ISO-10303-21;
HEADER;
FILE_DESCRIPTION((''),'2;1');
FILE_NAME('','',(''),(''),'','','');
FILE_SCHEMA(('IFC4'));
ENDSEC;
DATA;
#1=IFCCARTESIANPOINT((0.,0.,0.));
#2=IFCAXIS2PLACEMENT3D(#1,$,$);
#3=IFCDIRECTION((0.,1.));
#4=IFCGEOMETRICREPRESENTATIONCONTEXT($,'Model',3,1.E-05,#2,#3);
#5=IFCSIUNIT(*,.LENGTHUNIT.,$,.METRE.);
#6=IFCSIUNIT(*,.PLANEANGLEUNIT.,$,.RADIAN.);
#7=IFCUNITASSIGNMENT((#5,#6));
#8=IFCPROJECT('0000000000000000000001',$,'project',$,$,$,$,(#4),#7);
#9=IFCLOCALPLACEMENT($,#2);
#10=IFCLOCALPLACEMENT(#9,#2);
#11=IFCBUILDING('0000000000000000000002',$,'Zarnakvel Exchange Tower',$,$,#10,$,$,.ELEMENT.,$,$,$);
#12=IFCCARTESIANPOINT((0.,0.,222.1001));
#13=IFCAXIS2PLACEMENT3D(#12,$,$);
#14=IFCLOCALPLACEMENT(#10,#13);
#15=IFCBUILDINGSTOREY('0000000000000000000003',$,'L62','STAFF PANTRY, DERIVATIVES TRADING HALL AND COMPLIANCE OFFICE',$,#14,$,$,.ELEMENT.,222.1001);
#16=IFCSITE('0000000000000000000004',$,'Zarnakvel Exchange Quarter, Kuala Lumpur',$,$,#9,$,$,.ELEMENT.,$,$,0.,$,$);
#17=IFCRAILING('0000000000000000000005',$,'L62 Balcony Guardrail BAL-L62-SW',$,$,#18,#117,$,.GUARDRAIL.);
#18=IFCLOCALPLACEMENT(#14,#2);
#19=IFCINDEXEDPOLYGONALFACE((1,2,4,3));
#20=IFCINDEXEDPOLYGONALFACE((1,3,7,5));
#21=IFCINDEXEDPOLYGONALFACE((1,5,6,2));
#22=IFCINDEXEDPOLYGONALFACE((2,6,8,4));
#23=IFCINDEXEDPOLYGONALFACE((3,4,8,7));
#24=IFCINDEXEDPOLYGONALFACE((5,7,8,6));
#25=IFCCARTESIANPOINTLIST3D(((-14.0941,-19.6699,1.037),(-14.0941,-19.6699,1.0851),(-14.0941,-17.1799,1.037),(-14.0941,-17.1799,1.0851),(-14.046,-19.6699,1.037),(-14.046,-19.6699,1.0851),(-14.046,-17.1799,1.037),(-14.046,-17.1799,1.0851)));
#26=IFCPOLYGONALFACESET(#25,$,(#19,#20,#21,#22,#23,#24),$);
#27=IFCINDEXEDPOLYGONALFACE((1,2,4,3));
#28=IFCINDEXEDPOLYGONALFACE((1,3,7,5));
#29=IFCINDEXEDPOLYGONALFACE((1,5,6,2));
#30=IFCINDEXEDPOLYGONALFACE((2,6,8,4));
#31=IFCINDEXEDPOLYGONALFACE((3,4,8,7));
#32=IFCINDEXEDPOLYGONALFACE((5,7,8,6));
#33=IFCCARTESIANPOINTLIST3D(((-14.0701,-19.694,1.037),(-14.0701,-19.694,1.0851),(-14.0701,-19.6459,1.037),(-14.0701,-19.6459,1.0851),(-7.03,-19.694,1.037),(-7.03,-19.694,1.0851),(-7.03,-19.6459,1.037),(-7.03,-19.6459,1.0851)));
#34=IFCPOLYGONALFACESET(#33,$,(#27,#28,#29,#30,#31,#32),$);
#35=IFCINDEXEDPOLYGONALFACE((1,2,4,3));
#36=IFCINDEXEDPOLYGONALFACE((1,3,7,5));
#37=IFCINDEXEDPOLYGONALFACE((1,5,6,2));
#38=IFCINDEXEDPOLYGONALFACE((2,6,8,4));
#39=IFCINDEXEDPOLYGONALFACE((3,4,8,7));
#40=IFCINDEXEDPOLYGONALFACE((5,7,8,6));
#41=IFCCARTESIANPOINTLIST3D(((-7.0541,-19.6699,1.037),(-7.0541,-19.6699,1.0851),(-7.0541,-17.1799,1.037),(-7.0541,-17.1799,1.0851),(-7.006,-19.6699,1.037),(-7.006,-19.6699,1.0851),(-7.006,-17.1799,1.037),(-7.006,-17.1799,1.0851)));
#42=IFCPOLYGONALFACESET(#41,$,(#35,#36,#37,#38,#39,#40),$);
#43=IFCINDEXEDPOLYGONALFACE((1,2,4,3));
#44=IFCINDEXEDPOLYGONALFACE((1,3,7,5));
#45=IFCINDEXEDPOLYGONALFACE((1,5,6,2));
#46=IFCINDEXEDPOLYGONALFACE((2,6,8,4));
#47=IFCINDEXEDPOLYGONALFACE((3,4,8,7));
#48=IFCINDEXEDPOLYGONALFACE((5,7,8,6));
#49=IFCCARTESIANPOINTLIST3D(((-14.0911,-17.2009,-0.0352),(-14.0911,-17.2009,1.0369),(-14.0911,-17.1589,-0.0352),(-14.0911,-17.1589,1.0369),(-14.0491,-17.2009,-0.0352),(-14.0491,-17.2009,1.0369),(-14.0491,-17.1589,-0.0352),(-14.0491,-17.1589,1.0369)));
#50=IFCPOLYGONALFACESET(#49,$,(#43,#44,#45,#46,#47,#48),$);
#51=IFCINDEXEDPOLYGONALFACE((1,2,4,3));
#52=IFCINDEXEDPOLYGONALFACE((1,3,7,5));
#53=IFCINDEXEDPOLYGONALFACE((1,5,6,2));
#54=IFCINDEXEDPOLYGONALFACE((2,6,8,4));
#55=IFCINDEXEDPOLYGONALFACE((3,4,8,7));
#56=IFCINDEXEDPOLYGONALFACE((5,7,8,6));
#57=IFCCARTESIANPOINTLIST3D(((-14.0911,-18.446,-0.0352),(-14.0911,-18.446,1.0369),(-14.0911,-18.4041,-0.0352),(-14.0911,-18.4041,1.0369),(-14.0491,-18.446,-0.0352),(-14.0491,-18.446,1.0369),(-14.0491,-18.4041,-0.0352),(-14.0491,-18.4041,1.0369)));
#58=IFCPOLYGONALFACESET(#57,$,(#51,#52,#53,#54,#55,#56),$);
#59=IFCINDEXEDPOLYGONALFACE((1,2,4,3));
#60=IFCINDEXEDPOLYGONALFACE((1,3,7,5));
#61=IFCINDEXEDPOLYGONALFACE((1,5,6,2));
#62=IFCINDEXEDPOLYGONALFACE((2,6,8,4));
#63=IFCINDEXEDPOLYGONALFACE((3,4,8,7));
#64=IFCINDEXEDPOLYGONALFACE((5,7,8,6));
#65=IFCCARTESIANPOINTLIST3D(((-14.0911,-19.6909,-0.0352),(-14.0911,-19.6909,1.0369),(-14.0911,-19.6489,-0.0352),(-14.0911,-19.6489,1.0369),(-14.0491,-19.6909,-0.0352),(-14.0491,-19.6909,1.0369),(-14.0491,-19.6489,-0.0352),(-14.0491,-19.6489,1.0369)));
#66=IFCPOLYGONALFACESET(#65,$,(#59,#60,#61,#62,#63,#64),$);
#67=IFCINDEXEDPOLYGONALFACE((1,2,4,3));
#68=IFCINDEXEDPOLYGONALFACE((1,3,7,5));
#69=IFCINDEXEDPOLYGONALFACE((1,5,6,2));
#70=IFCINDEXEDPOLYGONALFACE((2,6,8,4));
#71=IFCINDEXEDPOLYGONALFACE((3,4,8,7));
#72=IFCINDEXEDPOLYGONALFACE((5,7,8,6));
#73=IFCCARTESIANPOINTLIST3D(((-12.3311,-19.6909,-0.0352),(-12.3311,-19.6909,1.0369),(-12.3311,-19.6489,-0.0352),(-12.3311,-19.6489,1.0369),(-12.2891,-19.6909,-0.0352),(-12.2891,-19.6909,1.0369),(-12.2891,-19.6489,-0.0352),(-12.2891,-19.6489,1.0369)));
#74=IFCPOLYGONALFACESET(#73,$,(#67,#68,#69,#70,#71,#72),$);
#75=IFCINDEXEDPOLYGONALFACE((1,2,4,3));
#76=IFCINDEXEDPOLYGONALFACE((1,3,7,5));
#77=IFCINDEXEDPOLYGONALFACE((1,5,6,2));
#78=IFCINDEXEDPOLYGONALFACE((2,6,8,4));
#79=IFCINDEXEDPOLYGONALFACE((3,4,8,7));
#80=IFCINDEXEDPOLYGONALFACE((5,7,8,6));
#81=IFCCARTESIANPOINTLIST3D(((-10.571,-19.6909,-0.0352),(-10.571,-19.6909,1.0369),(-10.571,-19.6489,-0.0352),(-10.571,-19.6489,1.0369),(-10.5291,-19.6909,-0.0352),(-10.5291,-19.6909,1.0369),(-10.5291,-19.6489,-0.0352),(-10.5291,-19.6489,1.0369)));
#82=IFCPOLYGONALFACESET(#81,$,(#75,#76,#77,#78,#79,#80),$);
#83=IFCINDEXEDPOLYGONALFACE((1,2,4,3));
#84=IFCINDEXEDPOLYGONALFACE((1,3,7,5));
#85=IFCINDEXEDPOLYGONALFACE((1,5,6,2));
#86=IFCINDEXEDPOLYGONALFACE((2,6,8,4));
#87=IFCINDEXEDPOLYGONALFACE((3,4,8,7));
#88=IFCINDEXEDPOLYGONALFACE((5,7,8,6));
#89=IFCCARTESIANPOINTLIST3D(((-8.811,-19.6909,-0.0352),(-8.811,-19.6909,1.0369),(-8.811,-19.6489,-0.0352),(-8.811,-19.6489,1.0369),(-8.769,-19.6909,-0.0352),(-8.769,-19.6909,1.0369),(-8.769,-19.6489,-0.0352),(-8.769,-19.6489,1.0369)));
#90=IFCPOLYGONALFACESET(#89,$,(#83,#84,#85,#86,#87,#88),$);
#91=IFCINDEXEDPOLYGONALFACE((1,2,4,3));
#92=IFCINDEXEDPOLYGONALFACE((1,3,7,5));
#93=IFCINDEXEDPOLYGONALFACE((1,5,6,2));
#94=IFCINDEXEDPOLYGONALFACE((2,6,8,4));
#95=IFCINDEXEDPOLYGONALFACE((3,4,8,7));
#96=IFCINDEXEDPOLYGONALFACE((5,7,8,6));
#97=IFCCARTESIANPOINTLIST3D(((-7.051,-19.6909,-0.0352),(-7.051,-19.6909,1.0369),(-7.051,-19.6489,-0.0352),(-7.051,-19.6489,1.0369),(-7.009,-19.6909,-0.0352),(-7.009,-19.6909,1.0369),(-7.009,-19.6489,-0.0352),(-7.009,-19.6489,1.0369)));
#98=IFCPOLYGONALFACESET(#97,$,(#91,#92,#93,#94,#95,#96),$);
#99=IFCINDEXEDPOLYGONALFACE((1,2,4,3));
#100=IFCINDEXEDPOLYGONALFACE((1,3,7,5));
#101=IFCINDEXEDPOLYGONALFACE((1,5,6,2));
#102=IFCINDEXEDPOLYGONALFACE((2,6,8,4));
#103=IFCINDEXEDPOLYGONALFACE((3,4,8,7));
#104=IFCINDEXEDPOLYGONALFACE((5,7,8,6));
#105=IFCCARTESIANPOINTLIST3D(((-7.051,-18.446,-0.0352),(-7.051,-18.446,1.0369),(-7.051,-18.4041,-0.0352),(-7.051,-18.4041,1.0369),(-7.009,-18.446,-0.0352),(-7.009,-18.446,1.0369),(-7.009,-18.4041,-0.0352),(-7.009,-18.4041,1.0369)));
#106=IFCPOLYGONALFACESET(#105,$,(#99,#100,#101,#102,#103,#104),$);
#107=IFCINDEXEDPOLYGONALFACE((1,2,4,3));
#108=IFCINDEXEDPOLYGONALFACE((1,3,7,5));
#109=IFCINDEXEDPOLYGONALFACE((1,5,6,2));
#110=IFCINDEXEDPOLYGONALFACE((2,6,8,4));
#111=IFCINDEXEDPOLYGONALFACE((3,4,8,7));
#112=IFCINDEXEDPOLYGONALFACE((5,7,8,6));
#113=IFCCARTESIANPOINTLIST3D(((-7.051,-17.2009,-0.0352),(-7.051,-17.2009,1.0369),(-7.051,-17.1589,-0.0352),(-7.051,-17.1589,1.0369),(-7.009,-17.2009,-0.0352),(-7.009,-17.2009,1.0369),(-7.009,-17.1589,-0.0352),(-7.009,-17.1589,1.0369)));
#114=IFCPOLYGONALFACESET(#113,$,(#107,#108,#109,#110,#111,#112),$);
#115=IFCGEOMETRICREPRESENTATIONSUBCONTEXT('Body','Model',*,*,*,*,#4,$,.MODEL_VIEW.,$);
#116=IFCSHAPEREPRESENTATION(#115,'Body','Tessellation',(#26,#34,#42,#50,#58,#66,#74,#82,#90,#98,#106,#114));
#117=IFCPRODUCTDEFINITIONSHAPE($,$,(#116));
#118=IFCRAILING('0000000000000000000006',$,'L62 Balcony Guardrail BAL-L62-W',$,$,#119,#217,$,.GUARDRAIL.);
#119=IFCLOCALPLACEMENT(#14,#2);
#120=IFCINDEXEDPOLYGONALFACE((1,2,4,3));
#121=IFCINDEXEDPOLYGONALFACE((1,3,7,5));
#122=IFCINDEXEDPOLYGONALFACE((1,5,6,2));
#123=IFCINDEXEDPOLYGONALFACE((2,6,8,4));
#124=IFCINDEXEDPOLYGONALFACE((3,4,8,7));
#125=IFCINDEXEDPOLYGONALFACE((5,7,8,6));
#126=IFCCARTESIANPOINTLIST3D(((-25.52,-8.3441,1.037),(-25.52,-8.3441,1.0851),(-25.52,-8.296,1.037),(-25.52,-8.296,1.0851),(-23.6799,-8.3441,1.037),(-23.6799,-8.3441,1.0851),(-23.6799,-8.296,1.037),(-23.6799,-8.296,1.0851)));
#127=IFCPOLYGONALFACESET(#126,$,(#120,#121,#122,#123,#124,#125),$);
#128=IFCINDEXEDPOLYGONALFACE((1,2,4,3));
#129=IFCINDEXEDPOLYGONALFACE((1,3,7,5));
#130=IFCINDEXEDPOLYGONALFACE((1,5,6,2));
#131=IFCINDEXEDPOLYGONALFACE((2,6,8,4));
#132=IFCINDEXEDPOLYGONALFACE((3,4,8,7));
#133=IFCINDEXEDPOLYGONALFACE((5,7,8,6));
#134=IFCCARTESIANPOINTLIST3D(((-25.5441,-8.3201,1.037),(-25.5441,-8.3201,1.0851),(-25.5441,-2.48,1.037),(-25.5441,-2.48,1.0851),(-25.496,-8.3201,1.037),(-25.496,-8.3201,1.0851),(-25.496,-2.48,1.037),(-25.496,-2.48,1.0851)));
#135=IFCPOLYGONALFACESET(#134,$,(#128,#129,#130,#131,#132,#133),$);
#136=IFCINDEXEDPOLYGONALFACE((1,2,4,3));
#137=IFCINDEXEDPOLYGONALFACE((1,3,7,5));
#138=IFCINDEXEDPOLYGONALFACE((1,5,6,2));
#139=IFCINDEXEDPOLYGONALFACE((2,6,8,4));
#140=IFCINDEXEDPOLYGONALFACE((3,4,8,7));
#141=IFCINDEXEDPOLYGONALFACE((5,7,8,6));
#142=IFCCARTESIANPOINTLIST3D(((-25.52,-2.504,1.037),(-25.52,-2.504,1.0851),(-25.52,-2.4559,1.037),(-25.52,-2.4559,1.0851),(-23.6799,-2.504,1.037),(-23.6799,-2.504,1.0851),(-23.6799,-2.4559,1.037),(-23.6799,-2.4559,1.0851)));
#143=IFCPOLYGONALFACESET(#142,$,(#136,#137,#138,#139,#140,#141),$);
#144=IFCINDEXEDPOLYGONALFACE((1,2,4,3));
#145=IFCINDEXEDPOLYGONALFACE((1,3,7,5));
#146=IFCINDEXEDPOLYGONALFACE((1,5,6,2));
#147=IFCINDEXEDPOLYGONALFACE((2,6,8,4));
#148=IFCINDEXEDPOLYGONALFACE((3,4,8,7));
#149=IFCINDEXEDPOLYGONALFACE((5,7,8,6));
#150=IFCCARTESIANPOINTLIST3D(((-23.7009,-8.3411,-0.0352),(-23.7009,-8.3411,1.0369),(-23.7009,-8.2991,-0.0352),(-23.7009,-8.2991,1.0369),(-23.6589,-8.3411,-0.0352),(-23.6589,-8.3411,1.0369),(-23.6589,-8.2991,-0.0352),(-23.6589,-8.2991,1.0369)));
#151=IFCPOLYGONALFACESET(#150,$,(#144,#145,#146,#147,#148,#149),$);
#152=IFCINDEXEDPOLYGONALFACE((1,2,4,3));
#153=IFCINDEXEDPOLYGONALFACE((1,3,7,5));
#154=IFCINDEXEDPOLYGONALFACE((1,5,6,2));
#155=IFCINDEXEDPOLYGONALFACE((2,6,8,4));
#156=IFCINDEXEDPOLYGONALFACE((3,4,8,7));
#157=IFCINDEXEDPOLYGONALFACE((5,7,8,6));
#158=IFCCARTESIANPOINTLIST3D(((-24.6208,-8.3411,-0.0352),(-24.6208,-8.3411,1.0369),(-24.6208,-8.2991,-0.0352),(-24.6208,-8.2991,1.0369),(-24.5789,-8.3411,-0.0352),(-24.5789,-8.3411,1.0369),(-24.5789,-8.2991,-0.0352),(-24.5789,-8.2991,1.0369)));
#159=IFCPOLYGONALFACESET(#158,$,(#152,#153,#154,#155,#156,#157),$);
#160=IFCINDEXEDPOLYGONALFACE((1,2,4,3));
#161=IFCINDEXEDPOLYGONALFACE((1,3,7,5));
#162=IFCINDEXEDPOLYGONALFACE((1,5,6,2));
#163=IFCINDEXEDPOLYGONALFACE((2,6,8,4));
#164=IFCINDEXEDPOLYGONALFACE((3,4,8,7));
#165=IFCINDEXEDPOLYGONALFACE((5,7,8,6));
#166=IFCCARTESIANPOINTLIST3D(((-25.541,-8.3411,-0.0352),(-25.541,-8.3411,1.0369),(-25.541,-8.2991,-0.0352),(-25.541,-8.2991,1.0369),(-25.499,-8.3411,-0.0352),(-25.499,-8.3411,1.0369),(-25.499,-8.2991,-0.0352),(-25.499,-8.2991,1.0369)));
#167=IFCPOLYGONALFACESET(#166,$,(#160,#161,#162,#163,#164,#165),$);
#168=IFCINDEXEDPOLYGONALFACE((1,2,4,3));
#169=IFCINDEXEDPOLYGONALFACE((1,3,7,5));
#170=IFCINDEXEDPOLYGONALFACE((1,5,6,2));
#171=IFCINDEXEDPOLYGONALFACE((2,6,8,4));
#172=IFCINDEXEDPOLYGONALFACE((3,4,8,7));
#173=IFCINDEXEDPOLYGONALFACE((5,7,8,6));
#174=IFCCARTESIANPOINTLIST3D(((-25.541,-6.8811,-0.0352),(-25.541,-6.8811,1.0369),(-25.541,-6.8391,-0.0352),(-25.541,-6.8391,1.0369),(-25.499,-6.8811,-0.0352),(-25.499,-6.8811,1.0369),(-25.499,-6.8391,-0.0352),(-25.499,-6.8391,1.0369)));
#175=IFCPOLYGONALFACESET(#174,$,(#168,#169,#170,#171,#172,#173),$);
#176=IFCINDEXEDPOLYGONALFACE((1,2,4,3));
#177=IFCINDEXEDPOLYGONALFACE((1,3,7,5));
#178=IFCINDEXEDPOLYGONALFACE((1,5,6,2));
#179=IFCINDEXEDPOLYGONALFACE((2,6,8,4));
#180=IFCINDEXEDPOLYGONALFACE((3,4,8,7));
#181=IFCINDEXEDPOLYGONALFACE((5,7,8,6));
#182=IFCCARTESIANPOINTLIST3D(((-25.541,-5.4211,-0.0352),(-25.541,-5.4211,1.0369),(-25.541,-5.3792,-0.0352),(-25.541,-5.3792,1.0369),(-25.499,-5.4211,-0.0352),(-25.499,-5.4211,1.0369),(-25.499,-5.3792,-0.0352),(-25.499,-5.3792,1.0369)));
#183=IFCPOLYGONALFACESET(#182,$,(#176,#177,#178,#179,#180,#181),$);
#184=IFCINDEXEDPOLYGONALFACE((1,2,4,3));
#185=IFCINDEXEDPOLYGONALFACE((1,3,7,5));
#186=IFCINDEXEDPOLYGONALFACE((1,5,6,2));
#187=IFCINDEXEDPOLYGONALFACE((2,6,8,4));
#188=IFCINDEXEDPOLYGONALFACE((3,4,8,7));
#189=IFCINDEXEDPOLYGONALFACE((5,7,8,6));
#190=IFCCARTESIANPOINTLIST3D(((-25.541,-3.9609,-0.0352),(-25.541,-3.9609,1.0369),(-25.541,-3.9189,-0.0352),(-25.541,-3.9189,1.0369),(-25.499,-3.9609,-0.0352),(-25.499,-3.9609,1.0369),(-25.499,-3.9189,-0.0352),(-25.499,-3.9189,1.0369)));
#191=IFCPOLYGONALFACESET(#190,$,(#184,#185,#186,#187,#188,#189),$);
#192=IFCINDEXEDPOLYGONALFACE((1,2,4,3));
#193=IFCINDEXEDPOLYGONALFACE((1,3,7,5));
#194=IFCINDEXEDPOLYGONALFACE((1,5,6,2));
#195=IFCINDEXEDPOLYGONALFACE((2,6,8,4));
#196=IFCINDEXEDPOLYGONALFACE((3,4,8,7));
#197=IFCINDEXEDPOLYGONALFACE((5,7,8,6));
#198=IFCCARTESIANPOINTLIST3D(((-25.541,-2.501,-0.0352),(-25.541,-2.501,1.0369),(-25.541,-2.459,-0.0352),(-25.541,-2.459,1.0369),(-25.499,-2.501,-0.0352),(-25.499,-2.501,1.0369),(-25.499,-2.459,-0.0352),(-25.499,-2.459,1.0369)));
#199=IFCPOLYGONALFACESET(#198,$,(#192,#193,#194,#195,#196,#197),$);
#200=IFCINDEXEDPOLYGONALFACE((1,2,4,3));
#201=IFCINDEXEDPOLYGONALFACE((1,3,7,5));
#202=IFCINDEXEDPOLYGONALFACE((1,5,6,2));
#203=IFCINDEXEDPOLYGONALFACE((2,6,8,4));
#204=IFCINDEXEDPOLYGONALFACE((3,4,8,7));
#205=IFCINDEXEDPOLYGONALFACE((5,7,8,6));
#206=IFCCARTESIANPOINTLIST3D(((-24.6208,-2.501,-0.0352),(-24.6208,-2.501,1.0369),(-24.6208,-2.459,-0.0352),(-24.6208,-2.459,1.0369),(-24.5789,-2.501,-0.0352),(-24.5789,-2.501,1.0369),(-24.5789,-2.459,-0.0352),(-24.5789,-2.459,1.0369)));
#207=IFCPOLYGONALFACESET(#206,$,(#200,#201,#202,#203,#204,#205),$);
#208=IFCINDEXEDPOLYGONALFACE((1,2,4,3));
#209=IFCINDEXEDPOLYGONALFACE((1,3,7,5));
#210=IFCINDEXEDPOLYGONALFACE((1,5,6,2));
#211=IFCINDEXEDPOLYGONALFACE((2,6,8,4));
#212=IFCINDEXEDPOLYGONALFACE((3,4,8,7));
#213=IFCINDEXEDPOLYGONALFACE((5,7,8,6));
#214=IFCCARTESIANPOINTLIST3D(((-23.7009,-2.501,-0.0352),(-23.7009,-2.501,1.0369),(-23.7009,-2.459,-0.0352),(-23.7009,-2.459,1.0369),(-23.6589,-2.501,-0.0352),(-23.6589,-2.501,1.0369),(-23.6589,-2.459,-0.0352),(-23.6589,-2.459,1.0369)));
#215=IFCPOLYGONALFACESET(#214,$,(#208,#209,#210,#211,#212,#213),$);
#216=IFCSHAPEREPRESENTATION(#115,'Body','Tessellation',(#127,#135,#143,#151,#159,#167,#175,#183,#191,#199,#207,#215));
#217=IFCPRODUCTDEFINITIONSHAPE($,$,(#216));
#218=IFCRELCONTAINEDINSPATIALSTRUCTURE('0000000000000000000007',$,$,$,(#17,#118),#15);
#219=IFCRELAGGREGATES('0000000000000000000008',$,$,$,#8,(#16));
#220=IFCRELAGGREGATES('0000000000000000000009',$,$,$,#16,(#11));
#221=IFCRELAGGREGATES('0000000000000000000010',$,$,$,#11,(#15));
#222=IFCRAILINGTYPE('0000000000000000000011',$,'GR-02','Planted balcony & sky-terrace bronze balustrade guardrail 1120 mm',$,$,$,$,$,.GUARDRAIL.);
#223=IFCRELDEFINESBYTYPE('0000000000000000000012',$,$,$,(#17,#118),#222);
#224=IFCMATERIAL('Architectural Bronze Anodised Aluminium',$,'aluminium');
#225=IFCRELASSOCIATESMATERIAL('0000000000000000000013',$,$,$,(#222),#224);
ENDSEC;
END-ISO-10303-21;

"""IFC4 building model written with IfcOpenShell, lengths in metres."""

from ifc_helpers import new_model, si_unit, direction, frame, origin, origin_2d, place, context, subcontext, project, spatial, rectangle, extrude, material, type_object, element, save


model = new_model("IFC4")

# Units and contexts
model_context = context("Model", 3, precision=1e-05, world=origin(), true_north=direction((0.0, 1.0)))
body_context = subcontext(model_context, "Body", "Model", "MODEL_VIEW")
ifc_project = project(units=[si_unit("LENGTHUNIT", "METRE"), si_unit("PLANEANGLEUNIT", "RADIAN")], contexts=[model_context])

# Site, building, storey
site_placement = place(None, origin())
site = spatial("IfcSite", under=ifc_project, at=site_placement, Name="Zarnakvel Exchange Quarter, Kuala Lumpur", CompositionType="ELEMENT", RefElevation=0.0)
building_placement = place(site_placement, origin())
building = spatial("IfcBuilding", under=site, at=building_placement, Name="Zarnakvel Exchange Tower", CompositionType="ELEMENT")
storey_placement = place(building_placement, frame((0.0, 0.0, 222.1001)))
storey = spatial("IfcBuildingStorey", under=building, at=storey_placement, Name="L62", Description="STAFF PANTRY, DERIVATIVES TRADING HALL AND COMPLIANCE OFFICE", CompositionType="ELEMENT", Elevation=222.1001)

# Shared definitions
ifc_material_1 = material(Name="Architectural Bronze Anodised Aluminium", Category="aluminium")

# Railings
railing_type = type_object("IfcRailingType", Name="GR-02", Description="Planted balcony & sky-terrace bronze balustrade guardrail 1120 mm", PredefinedType="GUARDRAIL", material=ifc_material_1)
railing_1_placement = place(storey_placement, frame((-14.0701, -17.1799, -0.0352)))
element("IfcRailing", 1, at=railing_1_placement, inside=storey, type_object=railing_type, Name="L62 Balcony Guardrail BAL-L62-SW", PredefinedType="GUARDRAIL", context=body_context, shape_type="SweptSolid", body=[
    extrude(rectangle(XDim=0.0481, YDim=0.0481, at=origin_2d()), frame((0.0, 0.0, 1.0962), z_axis=(0.0, -1.0, 0.0), x_axis=(1.0, 0.0, 0.0)), (0.0, 0.0, 1.0), 2.49),
    extrude(rectangle(XDim=0.0481, YDim=0.0481, at=origin_2d()), frame((0.0, -2.49, 1.0962), z_axis=(1.0, 0.0, 0.0), x_axis=(0.0, 1.0, 0.0)), (0.0, 0.0, 1.0), 7.04),
    extrude(rectangle(XDim=0.0481, YDim=0.0481, at=origin_2d()), frame((7.04, -2.49, 1.0962), z_axis=(0.0, 1.0, 0.0), x_axis=(-1.0, 0.0, 0.0)), (0.0, 0.0, 1.0), 2.49),
    extrude(rectangle(XDim=0.042, YDim=0.042, at=origin_2d()), origin(), (0.0, 0.0, 1.0), 1.072),
    extrude(rectangle(XDim=0.042, YDim=0.042, at=origin_2d()), frame((0.0, -1.2451, 0.0)), (0.0, 0.0, 1.0), 1.072),
    extrude(rectangle(XDim=0.042, YDim=0.042, at=origin_2d()), frame((0.0, -2.49, 0.0)), (0.0, 0.0, 1.0), 1.072),
    extrude(rectangle(XDim=0.042, YDim=0.042, at=origin_2d()), frame((1.76, -2.49, 0.0)), (0.0, 0.0, 1.0), 1.072),
    extrude(rectangle(XDim=0.042, YDim=0.042, at=origin_2d()), frame((3.52, -2.49, 0.0)), (0.0, 0.0, 1.0), 1.072),
    extrude(rectangle(XDim=0.042, YDim=0.042, at=origin_2d()), frame((5.28, -2.49, 0.0)), (0.0, 0.0, 1.0), 1.072),
    extrude(rectangle(XDim=0.042, YDim=0.042, at=origin_2d()), frame((7.04, -2.49, 0.0)), (0.0, 0.0, 1.0), 1.072),
    extrude(rectangle(XDim=0.042, YDim=0.042, at=origin_2d()), frame((7.04, -1.2451, 0.0)), (0.0, 0.0, 1.0), 1.072),
    extrude(rectangle(XDim=0.042, YDim=0.042, at=origin_2d()), frame((7.04, 0.0, 0.0)), (0.0, 0.0, 1.0), 1.072),
])
railing_2_placement = place(storey_placement, frame((-23.6799, -8.3201, -0.0352)))
element("IfcRailing", 2, at=railing_2_placement, inside=storey, type_object=railing_type, Name="L62 Balcony Guardrail BAL-L62-W", PredefinedType="GUARDRAIL", context=body_context, shape_type="SweptSolid", body=[
    extrude(rectangle(XDim=0.0481, YDim=0.0481, at=origin_2d()), frame((0.0, 0.0, 1.0962), z_axis=(-1.0, 0.0, 0.0), x_axis=(0.0, -1.0, 0.0)), (0.0, 0.0, 1.0), 1.8401),
    extrude(rectangle(XDim=0.0481, YDim=0.0481, at=origin_2d()), frame((-1.8401, 0.0, 1.0962), z_axis=(0.0, 1.0, 0.0), x_axis=(-1.0, 0.0, 0.0)), (0.0, 0.0, 1.0), 5.8401),
    extrude(rectangle(XDim=0.0481, YDim=0.0481, at=origin_2d()), frame((-1.8401, 5.8401, 1.0962), z_axis=(1.0, 0.0, 0.0), x_axis=(0.0, 1.0, 0.0)), (0.0, 0.0, 1.0), 1.8401),
    extrude(rectangle(XDim=0.042, YDim=0.042, at=origin_2d()), origin(), (0.0, 0.0, 1.0), 1.072),
    extrude(rectangle(XDim=0.042, YDim=0.042, at=origin_2d()), frame((-0.9199, 0.0, 0.0)), (0.0, 0.0, 1.0), 1.072),
    extrude(rectangle(XDim=0.042, YDim=0.042, at=origin_2d()), frame((-1.8401, 0.0, 0.0)), (0.0, 0.0, 1.0), 1.072),
    extrude(rectangle(XDim=0.042, YDim=0.042, at=origin_2d()), frame((-1.8401, 1.46, 0.0)), (0.0, 0.0, 1.0), 1.072),
    extrude(rectangle(XDim=0.042, YDim=0.042, at=origin_2d()), frame((-1.8401, 2.9199, 0.0)), (0.0, 0.0, 1.0), 1.072),
    extrude(rectangle(XDim=0.042, YDim=0.042, at=origin_2d()), frame((-1.8401, 4.3801, 0.0)), (0.0, 0.0, 1.0), 1.072),
    extrude(rectangle(XDim=0.042, YDim=0.042, at=origin_2d()), frame((-1.8401, 5.8401, 0.0)), (0.0, 0.0, 1.0), 1.072),
    extrude(rectangle(XDim=0.042, YDim=0.042, at=origin_2d()), frame((-0.9199, 5.8401, 0.0)), (0.0, 0.0, 1.0), 1.072),
    extrude(rectangle(XDim=0.042, YDim=0.042, at=origin_2d()), frame((0.0, 5.8401, 0.0)), (0.0, 0.0, 1.0), 1.072),
])

save(model, "model.ifc")
